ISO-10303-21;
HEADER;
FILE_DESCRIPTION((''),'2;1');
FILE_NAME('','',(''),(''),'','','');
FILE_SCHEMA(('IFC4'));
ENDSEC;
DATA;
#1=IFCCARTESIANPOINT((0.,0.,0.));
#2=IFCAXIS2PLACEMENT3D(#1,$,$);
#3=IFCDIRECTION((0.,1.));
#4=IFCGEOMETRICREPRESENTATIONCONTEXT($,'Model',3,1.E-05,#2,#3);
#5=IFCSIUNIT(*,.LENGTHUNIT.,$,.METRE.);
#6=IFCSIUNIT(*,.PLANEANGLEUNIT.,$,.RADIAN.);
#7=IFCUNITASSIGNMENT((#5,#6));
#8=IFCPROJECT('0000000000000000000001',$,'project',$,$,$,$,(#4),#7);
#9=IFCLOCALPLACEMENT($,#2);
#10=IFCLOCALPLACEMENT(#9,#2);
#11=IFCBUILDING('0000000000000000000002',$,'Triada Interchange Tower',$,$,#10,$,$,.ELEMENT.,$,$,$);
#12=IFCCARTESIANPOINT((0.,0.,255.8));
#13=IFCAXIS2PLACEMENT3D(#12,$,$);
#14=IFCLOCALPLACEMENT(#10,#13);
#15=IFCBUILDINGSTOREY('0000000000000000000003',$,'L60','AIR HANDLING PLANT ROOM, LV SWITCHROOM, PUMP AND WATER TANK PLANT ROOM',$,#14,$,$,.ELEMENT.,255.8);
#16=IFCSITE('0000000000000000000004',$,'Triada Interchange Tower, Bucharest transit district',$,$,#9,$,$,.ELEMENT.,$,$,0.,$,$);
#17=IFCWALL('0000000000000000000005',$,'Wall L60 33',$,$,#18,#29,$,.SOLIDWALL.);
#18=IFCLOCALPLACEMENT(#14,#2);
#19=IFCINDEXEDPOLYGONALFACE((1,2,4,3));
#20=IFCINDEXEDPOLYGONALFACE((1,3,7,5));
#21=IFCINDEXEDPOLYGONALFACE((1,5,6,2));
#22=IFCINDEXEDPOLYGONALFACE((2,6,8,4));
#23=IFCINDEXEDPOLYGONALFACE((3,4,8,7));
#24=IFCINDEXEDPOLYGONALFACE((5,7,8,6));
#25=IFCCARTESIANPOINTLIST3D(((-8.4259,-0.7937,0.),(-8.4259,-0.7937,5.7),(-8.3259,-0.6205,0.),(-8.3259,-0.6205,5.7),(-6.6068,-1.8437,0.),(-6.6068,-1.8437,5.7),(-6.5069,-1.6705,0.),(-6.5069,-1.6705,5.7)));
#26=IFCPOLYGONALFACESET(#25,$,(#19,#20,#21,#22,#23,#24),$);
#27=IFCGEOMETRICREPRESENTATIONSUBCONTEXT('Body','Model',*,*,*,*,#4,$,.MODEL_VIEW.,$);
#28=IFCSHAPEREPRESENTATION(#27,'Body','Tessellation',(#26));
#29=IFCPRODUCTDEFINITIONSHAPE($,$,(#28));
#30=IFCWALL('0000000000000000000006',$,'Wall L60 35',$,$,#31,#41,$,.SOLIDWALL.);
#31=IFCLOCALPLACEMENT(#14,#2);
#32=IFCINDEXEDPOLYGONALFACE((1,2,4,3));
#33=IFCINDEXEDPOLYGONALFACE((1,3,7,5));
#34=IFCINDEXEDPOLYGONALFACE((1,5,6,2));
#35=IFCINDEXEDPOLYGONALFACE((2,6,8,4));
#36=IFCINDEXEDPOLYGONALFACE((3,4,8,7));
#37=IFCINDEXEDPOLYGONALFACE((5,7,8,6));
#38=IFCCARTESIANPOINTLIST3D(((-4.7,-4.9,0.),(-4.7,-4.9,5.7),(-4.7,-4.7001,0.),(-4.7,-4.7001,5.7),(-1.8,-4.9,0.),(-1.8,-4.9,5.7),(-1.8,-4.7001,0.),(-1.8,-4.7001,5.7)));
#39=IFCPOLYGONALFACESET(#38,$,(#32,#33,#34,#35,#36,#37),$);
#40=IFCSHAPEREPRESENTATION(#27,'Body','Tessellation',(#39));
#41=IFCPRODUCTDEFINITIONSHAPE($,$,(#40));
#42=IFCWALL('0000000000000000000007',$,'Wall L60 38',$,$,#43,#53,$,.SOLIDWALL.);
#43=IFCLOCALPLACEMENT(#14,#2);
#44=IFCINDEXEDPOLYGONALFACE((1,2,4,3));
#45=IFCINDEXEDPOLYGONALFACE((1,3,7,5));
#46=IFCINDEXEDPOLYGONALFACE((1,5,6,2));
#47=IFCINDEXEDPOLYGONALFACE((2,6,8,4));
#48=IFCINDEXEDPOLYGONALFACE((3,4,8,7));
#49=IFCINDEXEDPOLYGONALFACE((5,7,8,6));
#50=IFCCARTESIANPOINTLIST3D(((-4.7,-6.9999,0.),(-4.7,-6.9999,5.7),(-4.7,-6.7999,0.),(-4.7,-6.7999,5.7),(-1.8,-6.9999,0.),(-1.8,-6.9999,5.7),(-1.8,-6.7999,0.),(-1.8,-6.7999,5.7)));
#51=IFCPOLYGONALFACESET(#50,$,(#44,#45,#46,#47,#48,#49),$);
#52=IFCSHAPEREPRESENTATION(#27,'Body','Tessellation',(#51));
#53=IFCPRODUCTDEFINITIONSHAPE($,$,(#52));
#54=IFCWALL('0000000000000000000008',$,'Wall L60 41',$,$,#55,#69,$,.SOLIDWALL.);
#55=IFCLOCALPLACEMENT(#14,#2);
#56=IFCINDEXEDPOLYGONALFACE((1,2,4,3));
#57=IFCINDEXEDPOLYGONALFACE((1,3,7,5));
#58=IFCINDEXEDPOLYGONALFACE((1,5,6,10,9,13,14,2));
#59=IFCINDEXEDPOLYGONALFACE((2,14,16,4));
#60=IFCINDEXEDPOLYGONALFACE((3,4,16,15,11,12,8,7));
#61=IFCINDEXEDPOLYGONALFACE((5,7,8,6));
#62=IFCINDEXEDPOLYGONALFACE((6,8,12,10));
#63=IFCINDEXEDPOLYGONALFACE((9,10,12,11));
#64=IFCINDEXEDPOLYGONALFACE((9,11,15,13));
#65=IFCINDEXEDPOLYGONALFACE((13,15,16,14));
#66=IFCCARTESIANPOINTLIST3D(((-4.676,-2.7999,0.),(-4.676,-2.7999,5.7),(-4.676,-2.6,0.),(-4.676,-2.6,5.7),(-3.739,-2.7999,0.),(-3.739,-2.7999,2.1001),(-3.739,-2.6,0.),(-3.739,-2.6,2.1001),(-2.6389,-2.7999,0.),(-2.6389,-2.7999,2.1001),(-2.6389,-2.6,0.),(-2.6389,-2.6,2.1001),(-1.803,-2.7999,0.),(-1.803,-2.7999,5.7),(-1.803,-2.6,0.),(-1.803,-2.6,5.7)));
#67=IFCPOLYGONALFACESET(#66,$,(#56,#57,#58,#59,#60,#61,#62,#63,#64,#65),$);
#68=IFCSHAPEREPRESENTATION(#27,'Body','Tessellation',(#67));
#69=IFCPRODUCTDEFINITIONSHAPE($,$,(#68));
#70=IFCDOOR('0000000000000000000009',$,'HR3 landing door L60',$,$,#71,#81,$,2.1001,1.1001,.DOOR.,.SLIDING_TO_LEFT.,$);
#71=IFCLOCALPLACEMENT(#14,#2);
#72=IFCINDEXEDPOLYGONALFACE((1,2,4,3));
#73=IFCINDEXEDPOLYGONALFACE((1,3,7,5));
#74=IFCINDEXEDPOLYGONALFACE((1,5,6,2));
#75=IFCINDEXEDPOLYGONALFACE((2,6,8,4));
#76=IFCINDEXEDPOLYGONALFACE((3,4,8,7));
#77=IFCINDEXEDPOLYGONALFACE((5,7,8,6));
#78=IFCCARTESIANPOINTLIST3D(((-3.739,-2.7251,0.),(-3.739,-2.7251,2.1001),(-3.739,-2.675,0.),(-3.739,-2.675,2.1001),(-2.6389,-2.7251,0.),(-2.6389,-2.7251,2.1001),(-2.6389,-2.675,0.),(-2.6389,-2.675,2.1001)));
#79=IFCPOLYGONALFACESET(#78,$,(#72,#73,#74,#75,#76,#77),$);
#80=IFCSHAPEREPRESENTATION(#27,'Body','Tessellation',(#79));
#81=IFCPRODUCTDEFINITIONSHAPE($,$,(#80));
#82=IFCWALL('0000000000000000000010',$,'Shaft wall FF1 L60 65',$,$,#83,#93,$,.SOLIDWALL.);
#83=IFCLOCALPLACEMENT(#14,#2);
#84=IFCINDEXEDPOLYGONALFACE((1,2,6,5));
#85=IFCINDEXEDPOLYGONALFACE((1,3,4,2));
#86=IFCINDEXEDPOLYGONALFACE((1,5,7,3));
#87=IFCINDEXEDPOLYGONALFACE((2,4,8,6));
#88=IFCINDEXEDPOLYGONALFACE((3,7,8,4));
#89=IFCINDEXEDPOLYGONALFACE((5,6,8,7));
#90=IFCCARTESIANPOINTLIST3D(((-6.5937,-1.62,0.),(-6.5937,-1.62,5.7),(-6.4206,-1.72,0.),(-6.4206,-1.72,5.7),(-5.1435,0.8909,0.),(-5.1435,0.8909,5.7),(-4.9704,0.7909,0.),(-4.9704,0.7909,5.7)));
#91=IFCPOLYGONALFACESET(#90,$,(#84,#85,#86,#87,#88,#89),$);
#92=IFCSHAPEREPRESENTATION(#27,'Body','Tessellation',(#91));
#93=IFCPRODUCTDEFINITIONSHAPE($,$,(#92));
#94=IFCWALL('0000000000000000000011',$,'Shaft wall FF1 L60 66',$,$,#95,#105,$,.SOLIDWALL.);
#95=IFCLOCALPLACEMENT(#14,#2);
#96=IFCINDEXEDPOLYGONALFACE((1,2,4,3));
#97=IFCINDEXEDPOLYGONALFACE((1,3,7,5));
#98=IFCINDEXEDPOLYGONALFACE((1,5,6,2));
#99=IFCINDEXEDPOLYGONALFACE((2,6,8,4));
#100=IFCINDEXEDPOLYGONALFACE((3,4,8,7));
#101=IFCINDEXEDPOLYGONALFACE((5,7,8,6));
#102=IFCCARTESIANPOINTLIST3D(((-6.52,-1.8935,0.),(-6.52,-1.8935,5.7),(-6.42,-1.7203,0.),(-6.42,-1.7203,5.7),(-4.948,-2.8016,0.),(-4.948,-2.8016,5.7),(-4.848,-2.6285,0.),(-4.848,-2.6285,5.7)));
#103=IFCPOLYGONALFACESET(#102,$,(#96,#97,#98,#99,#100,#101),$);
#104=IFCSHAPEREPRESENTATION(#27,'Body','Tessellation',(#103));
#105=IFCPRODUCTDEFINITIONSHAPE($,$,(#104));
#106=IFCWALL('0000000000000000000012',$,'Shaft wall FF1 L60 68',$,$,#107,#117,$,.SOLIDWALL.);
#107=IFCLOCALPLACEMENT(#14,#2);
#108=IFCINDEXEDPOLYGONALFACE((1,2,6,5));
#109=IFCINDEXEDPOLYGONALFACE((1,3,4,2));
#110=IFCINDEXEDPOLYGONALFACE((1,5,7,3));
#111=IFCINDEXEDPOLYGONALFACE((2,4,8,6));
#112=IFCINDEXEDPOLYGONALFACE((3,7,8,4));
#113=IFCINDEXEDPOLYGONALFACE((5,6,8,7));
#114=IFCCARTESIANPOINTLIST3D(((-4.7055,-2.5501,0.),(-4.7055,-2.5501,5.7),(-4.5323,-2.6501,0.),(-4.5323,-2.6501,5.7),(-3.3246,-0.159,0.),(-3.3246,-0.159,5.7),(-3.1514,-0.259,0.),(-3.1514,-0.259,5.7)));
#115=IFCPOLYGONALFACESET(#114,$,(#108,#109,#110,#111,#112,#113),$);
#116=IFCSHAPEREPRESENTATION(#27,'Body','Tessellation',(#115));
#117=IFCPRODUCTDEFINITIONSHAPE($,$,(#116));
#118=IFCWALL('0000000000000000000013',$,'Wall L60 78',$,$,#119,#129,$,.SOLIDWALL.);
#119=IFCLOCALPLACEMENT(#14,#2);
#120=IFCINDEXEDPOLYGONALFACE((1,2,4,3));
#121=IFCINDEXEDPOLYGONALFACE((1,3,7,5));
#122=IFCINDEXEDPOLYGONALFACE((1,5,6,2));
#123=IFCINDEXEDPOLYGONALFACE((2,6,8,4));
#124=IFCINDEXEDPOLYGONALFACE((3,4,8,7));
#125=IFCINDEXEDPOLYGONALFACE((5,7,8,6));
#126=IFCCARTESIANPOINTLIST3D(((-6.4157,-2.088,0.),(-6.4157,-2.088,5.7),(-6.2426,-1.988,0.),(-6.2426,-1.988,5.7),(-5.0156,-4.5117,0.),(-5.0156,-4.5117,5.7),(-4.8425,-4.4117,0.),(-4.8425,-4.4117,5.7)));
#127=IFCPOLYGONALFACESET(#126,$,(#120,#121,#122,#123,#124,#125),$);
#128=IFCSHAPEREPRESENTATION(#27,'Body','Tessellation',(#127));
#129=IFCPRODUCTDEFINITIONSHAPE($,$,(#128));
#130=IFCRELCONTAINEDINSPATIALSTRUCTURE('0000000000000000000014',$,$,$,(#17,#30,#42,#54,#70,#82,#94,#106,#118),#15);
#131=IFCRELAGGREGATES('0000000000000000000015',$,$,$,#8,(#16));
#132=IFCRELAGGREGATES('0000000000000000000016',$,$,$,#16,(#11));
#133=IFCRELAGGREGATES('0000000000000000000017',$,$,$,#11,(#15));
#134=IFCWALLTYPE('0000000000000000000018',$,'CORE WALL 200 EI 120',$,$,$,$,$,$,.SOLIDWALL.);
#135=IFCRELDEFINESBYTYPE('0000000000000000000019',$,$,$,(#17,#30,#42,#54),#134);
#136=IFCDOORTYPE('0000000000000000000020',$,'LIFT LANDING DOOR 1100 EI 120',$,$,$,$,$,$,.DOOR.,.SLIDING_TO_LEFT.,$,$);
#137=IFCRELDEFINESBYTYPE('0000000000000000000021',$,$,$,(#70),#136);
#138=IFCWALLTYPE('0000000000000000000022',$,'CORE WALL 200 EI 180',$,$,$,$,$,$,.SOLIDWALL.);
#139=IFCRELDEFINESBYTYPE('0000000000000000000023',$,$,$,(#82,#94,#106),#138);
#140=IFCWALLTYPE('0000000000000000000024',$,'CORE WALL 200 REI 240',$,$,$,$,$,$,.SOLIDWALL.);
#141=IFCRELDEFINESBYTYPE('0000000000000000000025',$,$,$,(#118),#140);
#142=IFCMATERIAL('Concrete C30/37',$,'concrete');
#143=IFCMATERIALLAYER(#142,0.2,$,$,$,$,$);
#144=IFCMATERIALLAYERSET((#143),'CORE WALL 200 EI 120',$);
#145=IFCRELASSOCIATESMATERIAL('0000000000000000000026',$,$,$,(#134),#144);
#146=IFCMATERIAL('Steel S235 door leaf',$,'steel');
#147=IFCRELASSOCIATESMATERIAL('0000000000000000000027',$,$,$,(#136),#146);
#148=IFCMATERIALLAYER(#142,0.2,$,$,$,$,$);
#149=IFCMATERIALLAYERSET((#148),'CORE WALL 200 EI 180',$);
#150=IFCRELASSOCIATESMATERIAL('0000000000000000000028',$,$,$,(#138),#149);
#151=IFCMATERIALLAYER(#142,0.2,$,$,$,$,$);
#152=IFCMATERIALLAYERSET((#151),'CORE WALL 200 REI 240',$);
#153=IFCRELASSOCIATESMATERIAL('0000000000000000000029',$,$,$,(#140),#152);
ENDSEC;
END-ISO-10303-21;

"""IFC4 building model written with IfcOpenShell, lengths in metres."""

from ifc_helpers import new_model, si_unit, direction, frame, frame_2d, origin, place, context, subcontext, project, spatial, rectangle, extrude, material, layer, layer_set, type_object, element, fill, save


model = new_model("IFC4")

# Units and contexts
model_context = context("Model", 3, precision=1e-05, world=origin(), true_north=direction((0.0, 1.0)))
body_context = subcontext(model_context, "Body", "Model", "MODEL_VIEW")
ifc_project = project(units=[si_unit("LENGTHUNIT", "METRE"), si_unit("PLANEANGLEUNIT", "RADIAN")], contexts=[model_context])

# Site, building, storey
site_placement = place(None, origin())
site = spatial("IfcSite", under=ifc_project, at=site_placement, Name="Triada Interchange Tower, Bucharest transit district", CompositionType="ELEMENT", RefElevation=0.0)
building_placement = place(site_placement, origin())
building = spatial("IfcBuilding", under=site, at=building_placement, Name="Triada Interchange Tower", CompositionType="ELEMENT")
storey_placement = place(building_placement, frame((0.0, 0.0, 255.8)))
storey = spatial("IfcBuildingStorey", under=building, at=storey_placement, Name="L60", Description="AIR HANDLING PLANT ROOM, LV SWITCHROOM, PUMP AND WATER TANK PLANT ROOM", CompositionType="ELEMENT", Elevation=255.8)

# Walls
ifc_material_1 = material(Name="Concrete C30/37", Category="concrete")
ifc_layer_1 = layer(ifc_material_1, 0.2)
ifc_layer_set_1 = layer_set([ifc_layer_1], Name="CORE WALL 200 EI 120")
wall_type_1 = type_object("IfcWallType", Name="CORE WALL 200 EI 120", PredefinedType="SOLIDWALL", material=ifc_layer_set_1)
wall_1_placement = place(storey_placement, frame((-8.376, -0.707, 0.0), z_axis=(0.0, 0.0, 1.0), x_axis=(0.866068, -0.499927, 0.0)))
element("IfcWall", 1, at=wall_1_placement, inside=storey, type_object=wall_type_1, Name="Wall L60 33", PredefinedType="SOLIDWALL", context=body_context, shape_type="SweptSolid", body=[
    extrude(rectangle(XDim=2.1003, YDim=0.2, at=frame_2d((1.0503, 0.0))), origin(), (0.0, 0.0, 1.0), 5.7),
])
for number, where, z_axis, x_axis, name in (
    (2, (-4.7, -4.8, 0.0), (0.0, 0.0, 1.0), (1.0, 0.0, 0.0), "Wall L60 35"),
    (3, (-4.7, -6.8999, 0.0), (0.0, 0.0, 1.0), (1.0, 0.0, 0.0), "Wall L60 38"),
):
    element("IfcWall", number, at=place(storey_placement, frame(where, z_axis=z_axis, x_axis=x_axis)), inside=storey, type_object=wall_type_1, Name=name, PredefinedType="SOLIDWALL", context=body_context, shape_type="SweptSolid", body=[
        extrude(rectangle(XDim=2.8999, YDim=0.2, at=frame_2d((1.45, 0.0))), origin(), (0.0, 0.0, 1.0), 5.7),
    ])

# Wall, opening, door
wall_2_placement = place(storey_placement, frame((-4.676, -2.7, 0.0), z_axis=(0.0, 0.0, 1.0), x_axis=(1.0, 0.0, 0.0)))
wall_2 = element("IfcWall", 4, at=wall_2_placement, inside=storey, type_object=wall_type_1, Name="Wall L60 41", PredefinedType="SOLIDWALL", context=body_context, shape_type="SweptSolid", body=[
    extrude(rectangle(XDim=2.873, YDim=0.2, at=frame_2d((1.4365, 0.0))), origin(), (0.0, 0.0, 1.0), 5.7),
])
opening_placement = place(wall_2_placement, frame((0.937, 0.0, 0.0)))
opening = element("IfcOpeningElement", 5, at=opening_placement, cuts=wall_2, PredefinedType="OPENING", context=body_context, shape_type="SweptSolid", body=[
    extrude(rectangle(XDim=1.1001, YDim=2.1001, at=frame_2d((0.55, 1.05))), frame((0.0, 0.1099, 0.0), z_axis=(0.0, -1.0, 0.0), x_axis=(1.0, 0.0, 0.0)), (0.0, 0.0, 1.0), 0.22),
])
ifc_material_2 = material(Name="Steel S235 door leaf", Category="steel")
door_type = type_object("IfcDoorType", Name="LIFT LANDING DOOR 1100 EI 120", OperationType="SLIDING_TO_LEFT", PredefinedType="DOOR", material=ifc_material_2)
door_placement = place(opening_placement, origin())
door = element("IfcDoor", 6, at=door_placement, inside=storey, type_object=door_type, Name="HR3 landing door L60", OperationType="SLIDING_TO_LEFT", OverallHeight=2.1001, OverallWidth=1.1001, PredefinedType="DOOR", context=body_context, shape_type="SweptSolid", body=[
    extrude(rectangle(XDim=1.1001, YDim=2.1001, at=frame_2d((0.55, 1.05))), frame((0.0, 0.0249, 0.0), z_axis=(0.0, -1.0, 0.0), x_axis=(1.0, 0.0, 0.0)), (0.0, 0.0, 1.0), 0.05),
])
fill(opening, door)

# Walls
ifc_layer_2 = layer(ifc_material_1, 0.2)
ifc_layer_set_2 = layer_set([ifc_layer_2], Name="CORE WALL 200 EI 180")
wall_type_2 = type_object("IfcWallType", Name="CORE WALL 200 EI 180", PredefinedType="SOLIDWALL", material=ifc_layer_set_2)
wall_3_placement = place(storey_placement, frame((-6.5071, -1.6699, 0.0), z_axis=(0.0, 0.0, 1.0), x_axis=(0.500123, 0.865954, 0.0)))
element("IfcWall", 7, at=wall_3_placement, inside=storey, type_object=wall_type_2, Name="Shaft wall FF1 L60 65", PredefinedType="SOLIDWALL", context=body_context, shape_type="SweptSolid", body=[
    extrude(rectangle(XDim=2.8997, YDim=0.2, at=frame_2d((1.4497, 0.0))), origin(), (0.0, 0.0, 1.0), 5.7),
])
wall_4_placement = place(storey_placement, frame((-6.47, -1.8069, 0.0), z_axis=(0.0, 0.0, 1.0), x_axis=(0.865883, -0.500246, 0.0)))
element("IfcWall", 8, at=wall_4_placement, inside=storey, type_object=wall_type_2, Name="Shaft wall FF1 L60 66", PredefinedType="SOLIDWALL", context=body_context, shape_type="SweptSolid", body=[
    extrude(rectangle(XDim=1.8154, YDim=0.2, at=frame_2d((0.9077, 0.0))), origin(), (0.0, 0.0, 1.0), 5.7),
])
wall_5_placement = place(storey_placement, frame((-4.6189, -2.6001, 0.0), z_axis=(0.0, 0.0, 1.0), x_axis=(0.500095, 0.865971, 0.0)))
element("IfcWall", 9, at=wall_5_placement, inside=storey, type_object=wall_type_2, Name="Shaft wall FF1 L60 68", PredefinedType="SOLIDWALL", context=body_context, shape_type="SweptSolid", body=[
    extrude(rectangle(XDim=2.7612, YDim=0.2, at=frame_2d((1.3806, 0.0))), origin(), (0.0, 0.0, 1.0), 5.7),
])
ifc_layer_3 = layer(ifc_material_1, 0.2)
ifc_layer_set_3 = layer_set([ifc_layer_3], Name="CORE WALL 200 REI 240")
wall_type_3 = type_object("IfcWallType", Name="CORE WALL 200 REI 240", PredefinedType="SOLIDWALL", material=ifc_layer_set_3)
wall_6_placement = place(storey_placement, frame((-6.3291, -2.0381, 0.0), z_axis=(0.0, 0.0, 1.0), x_axis=(0.500201, -0.86591, 0.0)))
element("IfcWall", 10, at=wall_6_placement, inside=storey, type_object=wall_type_3, Name="Wall L60 78", PredefinedType="SOLIDWALL", context=body_context, shape_type="SweptSolid", body=[
    extrude(rectangle(XDim=2.7991, YDim=0.2, at=frame_2d((1.3994, 0.0))), origin(), (0.0, 0.0, 1.0), 5.7),
])

save(model, "model.ifc")
